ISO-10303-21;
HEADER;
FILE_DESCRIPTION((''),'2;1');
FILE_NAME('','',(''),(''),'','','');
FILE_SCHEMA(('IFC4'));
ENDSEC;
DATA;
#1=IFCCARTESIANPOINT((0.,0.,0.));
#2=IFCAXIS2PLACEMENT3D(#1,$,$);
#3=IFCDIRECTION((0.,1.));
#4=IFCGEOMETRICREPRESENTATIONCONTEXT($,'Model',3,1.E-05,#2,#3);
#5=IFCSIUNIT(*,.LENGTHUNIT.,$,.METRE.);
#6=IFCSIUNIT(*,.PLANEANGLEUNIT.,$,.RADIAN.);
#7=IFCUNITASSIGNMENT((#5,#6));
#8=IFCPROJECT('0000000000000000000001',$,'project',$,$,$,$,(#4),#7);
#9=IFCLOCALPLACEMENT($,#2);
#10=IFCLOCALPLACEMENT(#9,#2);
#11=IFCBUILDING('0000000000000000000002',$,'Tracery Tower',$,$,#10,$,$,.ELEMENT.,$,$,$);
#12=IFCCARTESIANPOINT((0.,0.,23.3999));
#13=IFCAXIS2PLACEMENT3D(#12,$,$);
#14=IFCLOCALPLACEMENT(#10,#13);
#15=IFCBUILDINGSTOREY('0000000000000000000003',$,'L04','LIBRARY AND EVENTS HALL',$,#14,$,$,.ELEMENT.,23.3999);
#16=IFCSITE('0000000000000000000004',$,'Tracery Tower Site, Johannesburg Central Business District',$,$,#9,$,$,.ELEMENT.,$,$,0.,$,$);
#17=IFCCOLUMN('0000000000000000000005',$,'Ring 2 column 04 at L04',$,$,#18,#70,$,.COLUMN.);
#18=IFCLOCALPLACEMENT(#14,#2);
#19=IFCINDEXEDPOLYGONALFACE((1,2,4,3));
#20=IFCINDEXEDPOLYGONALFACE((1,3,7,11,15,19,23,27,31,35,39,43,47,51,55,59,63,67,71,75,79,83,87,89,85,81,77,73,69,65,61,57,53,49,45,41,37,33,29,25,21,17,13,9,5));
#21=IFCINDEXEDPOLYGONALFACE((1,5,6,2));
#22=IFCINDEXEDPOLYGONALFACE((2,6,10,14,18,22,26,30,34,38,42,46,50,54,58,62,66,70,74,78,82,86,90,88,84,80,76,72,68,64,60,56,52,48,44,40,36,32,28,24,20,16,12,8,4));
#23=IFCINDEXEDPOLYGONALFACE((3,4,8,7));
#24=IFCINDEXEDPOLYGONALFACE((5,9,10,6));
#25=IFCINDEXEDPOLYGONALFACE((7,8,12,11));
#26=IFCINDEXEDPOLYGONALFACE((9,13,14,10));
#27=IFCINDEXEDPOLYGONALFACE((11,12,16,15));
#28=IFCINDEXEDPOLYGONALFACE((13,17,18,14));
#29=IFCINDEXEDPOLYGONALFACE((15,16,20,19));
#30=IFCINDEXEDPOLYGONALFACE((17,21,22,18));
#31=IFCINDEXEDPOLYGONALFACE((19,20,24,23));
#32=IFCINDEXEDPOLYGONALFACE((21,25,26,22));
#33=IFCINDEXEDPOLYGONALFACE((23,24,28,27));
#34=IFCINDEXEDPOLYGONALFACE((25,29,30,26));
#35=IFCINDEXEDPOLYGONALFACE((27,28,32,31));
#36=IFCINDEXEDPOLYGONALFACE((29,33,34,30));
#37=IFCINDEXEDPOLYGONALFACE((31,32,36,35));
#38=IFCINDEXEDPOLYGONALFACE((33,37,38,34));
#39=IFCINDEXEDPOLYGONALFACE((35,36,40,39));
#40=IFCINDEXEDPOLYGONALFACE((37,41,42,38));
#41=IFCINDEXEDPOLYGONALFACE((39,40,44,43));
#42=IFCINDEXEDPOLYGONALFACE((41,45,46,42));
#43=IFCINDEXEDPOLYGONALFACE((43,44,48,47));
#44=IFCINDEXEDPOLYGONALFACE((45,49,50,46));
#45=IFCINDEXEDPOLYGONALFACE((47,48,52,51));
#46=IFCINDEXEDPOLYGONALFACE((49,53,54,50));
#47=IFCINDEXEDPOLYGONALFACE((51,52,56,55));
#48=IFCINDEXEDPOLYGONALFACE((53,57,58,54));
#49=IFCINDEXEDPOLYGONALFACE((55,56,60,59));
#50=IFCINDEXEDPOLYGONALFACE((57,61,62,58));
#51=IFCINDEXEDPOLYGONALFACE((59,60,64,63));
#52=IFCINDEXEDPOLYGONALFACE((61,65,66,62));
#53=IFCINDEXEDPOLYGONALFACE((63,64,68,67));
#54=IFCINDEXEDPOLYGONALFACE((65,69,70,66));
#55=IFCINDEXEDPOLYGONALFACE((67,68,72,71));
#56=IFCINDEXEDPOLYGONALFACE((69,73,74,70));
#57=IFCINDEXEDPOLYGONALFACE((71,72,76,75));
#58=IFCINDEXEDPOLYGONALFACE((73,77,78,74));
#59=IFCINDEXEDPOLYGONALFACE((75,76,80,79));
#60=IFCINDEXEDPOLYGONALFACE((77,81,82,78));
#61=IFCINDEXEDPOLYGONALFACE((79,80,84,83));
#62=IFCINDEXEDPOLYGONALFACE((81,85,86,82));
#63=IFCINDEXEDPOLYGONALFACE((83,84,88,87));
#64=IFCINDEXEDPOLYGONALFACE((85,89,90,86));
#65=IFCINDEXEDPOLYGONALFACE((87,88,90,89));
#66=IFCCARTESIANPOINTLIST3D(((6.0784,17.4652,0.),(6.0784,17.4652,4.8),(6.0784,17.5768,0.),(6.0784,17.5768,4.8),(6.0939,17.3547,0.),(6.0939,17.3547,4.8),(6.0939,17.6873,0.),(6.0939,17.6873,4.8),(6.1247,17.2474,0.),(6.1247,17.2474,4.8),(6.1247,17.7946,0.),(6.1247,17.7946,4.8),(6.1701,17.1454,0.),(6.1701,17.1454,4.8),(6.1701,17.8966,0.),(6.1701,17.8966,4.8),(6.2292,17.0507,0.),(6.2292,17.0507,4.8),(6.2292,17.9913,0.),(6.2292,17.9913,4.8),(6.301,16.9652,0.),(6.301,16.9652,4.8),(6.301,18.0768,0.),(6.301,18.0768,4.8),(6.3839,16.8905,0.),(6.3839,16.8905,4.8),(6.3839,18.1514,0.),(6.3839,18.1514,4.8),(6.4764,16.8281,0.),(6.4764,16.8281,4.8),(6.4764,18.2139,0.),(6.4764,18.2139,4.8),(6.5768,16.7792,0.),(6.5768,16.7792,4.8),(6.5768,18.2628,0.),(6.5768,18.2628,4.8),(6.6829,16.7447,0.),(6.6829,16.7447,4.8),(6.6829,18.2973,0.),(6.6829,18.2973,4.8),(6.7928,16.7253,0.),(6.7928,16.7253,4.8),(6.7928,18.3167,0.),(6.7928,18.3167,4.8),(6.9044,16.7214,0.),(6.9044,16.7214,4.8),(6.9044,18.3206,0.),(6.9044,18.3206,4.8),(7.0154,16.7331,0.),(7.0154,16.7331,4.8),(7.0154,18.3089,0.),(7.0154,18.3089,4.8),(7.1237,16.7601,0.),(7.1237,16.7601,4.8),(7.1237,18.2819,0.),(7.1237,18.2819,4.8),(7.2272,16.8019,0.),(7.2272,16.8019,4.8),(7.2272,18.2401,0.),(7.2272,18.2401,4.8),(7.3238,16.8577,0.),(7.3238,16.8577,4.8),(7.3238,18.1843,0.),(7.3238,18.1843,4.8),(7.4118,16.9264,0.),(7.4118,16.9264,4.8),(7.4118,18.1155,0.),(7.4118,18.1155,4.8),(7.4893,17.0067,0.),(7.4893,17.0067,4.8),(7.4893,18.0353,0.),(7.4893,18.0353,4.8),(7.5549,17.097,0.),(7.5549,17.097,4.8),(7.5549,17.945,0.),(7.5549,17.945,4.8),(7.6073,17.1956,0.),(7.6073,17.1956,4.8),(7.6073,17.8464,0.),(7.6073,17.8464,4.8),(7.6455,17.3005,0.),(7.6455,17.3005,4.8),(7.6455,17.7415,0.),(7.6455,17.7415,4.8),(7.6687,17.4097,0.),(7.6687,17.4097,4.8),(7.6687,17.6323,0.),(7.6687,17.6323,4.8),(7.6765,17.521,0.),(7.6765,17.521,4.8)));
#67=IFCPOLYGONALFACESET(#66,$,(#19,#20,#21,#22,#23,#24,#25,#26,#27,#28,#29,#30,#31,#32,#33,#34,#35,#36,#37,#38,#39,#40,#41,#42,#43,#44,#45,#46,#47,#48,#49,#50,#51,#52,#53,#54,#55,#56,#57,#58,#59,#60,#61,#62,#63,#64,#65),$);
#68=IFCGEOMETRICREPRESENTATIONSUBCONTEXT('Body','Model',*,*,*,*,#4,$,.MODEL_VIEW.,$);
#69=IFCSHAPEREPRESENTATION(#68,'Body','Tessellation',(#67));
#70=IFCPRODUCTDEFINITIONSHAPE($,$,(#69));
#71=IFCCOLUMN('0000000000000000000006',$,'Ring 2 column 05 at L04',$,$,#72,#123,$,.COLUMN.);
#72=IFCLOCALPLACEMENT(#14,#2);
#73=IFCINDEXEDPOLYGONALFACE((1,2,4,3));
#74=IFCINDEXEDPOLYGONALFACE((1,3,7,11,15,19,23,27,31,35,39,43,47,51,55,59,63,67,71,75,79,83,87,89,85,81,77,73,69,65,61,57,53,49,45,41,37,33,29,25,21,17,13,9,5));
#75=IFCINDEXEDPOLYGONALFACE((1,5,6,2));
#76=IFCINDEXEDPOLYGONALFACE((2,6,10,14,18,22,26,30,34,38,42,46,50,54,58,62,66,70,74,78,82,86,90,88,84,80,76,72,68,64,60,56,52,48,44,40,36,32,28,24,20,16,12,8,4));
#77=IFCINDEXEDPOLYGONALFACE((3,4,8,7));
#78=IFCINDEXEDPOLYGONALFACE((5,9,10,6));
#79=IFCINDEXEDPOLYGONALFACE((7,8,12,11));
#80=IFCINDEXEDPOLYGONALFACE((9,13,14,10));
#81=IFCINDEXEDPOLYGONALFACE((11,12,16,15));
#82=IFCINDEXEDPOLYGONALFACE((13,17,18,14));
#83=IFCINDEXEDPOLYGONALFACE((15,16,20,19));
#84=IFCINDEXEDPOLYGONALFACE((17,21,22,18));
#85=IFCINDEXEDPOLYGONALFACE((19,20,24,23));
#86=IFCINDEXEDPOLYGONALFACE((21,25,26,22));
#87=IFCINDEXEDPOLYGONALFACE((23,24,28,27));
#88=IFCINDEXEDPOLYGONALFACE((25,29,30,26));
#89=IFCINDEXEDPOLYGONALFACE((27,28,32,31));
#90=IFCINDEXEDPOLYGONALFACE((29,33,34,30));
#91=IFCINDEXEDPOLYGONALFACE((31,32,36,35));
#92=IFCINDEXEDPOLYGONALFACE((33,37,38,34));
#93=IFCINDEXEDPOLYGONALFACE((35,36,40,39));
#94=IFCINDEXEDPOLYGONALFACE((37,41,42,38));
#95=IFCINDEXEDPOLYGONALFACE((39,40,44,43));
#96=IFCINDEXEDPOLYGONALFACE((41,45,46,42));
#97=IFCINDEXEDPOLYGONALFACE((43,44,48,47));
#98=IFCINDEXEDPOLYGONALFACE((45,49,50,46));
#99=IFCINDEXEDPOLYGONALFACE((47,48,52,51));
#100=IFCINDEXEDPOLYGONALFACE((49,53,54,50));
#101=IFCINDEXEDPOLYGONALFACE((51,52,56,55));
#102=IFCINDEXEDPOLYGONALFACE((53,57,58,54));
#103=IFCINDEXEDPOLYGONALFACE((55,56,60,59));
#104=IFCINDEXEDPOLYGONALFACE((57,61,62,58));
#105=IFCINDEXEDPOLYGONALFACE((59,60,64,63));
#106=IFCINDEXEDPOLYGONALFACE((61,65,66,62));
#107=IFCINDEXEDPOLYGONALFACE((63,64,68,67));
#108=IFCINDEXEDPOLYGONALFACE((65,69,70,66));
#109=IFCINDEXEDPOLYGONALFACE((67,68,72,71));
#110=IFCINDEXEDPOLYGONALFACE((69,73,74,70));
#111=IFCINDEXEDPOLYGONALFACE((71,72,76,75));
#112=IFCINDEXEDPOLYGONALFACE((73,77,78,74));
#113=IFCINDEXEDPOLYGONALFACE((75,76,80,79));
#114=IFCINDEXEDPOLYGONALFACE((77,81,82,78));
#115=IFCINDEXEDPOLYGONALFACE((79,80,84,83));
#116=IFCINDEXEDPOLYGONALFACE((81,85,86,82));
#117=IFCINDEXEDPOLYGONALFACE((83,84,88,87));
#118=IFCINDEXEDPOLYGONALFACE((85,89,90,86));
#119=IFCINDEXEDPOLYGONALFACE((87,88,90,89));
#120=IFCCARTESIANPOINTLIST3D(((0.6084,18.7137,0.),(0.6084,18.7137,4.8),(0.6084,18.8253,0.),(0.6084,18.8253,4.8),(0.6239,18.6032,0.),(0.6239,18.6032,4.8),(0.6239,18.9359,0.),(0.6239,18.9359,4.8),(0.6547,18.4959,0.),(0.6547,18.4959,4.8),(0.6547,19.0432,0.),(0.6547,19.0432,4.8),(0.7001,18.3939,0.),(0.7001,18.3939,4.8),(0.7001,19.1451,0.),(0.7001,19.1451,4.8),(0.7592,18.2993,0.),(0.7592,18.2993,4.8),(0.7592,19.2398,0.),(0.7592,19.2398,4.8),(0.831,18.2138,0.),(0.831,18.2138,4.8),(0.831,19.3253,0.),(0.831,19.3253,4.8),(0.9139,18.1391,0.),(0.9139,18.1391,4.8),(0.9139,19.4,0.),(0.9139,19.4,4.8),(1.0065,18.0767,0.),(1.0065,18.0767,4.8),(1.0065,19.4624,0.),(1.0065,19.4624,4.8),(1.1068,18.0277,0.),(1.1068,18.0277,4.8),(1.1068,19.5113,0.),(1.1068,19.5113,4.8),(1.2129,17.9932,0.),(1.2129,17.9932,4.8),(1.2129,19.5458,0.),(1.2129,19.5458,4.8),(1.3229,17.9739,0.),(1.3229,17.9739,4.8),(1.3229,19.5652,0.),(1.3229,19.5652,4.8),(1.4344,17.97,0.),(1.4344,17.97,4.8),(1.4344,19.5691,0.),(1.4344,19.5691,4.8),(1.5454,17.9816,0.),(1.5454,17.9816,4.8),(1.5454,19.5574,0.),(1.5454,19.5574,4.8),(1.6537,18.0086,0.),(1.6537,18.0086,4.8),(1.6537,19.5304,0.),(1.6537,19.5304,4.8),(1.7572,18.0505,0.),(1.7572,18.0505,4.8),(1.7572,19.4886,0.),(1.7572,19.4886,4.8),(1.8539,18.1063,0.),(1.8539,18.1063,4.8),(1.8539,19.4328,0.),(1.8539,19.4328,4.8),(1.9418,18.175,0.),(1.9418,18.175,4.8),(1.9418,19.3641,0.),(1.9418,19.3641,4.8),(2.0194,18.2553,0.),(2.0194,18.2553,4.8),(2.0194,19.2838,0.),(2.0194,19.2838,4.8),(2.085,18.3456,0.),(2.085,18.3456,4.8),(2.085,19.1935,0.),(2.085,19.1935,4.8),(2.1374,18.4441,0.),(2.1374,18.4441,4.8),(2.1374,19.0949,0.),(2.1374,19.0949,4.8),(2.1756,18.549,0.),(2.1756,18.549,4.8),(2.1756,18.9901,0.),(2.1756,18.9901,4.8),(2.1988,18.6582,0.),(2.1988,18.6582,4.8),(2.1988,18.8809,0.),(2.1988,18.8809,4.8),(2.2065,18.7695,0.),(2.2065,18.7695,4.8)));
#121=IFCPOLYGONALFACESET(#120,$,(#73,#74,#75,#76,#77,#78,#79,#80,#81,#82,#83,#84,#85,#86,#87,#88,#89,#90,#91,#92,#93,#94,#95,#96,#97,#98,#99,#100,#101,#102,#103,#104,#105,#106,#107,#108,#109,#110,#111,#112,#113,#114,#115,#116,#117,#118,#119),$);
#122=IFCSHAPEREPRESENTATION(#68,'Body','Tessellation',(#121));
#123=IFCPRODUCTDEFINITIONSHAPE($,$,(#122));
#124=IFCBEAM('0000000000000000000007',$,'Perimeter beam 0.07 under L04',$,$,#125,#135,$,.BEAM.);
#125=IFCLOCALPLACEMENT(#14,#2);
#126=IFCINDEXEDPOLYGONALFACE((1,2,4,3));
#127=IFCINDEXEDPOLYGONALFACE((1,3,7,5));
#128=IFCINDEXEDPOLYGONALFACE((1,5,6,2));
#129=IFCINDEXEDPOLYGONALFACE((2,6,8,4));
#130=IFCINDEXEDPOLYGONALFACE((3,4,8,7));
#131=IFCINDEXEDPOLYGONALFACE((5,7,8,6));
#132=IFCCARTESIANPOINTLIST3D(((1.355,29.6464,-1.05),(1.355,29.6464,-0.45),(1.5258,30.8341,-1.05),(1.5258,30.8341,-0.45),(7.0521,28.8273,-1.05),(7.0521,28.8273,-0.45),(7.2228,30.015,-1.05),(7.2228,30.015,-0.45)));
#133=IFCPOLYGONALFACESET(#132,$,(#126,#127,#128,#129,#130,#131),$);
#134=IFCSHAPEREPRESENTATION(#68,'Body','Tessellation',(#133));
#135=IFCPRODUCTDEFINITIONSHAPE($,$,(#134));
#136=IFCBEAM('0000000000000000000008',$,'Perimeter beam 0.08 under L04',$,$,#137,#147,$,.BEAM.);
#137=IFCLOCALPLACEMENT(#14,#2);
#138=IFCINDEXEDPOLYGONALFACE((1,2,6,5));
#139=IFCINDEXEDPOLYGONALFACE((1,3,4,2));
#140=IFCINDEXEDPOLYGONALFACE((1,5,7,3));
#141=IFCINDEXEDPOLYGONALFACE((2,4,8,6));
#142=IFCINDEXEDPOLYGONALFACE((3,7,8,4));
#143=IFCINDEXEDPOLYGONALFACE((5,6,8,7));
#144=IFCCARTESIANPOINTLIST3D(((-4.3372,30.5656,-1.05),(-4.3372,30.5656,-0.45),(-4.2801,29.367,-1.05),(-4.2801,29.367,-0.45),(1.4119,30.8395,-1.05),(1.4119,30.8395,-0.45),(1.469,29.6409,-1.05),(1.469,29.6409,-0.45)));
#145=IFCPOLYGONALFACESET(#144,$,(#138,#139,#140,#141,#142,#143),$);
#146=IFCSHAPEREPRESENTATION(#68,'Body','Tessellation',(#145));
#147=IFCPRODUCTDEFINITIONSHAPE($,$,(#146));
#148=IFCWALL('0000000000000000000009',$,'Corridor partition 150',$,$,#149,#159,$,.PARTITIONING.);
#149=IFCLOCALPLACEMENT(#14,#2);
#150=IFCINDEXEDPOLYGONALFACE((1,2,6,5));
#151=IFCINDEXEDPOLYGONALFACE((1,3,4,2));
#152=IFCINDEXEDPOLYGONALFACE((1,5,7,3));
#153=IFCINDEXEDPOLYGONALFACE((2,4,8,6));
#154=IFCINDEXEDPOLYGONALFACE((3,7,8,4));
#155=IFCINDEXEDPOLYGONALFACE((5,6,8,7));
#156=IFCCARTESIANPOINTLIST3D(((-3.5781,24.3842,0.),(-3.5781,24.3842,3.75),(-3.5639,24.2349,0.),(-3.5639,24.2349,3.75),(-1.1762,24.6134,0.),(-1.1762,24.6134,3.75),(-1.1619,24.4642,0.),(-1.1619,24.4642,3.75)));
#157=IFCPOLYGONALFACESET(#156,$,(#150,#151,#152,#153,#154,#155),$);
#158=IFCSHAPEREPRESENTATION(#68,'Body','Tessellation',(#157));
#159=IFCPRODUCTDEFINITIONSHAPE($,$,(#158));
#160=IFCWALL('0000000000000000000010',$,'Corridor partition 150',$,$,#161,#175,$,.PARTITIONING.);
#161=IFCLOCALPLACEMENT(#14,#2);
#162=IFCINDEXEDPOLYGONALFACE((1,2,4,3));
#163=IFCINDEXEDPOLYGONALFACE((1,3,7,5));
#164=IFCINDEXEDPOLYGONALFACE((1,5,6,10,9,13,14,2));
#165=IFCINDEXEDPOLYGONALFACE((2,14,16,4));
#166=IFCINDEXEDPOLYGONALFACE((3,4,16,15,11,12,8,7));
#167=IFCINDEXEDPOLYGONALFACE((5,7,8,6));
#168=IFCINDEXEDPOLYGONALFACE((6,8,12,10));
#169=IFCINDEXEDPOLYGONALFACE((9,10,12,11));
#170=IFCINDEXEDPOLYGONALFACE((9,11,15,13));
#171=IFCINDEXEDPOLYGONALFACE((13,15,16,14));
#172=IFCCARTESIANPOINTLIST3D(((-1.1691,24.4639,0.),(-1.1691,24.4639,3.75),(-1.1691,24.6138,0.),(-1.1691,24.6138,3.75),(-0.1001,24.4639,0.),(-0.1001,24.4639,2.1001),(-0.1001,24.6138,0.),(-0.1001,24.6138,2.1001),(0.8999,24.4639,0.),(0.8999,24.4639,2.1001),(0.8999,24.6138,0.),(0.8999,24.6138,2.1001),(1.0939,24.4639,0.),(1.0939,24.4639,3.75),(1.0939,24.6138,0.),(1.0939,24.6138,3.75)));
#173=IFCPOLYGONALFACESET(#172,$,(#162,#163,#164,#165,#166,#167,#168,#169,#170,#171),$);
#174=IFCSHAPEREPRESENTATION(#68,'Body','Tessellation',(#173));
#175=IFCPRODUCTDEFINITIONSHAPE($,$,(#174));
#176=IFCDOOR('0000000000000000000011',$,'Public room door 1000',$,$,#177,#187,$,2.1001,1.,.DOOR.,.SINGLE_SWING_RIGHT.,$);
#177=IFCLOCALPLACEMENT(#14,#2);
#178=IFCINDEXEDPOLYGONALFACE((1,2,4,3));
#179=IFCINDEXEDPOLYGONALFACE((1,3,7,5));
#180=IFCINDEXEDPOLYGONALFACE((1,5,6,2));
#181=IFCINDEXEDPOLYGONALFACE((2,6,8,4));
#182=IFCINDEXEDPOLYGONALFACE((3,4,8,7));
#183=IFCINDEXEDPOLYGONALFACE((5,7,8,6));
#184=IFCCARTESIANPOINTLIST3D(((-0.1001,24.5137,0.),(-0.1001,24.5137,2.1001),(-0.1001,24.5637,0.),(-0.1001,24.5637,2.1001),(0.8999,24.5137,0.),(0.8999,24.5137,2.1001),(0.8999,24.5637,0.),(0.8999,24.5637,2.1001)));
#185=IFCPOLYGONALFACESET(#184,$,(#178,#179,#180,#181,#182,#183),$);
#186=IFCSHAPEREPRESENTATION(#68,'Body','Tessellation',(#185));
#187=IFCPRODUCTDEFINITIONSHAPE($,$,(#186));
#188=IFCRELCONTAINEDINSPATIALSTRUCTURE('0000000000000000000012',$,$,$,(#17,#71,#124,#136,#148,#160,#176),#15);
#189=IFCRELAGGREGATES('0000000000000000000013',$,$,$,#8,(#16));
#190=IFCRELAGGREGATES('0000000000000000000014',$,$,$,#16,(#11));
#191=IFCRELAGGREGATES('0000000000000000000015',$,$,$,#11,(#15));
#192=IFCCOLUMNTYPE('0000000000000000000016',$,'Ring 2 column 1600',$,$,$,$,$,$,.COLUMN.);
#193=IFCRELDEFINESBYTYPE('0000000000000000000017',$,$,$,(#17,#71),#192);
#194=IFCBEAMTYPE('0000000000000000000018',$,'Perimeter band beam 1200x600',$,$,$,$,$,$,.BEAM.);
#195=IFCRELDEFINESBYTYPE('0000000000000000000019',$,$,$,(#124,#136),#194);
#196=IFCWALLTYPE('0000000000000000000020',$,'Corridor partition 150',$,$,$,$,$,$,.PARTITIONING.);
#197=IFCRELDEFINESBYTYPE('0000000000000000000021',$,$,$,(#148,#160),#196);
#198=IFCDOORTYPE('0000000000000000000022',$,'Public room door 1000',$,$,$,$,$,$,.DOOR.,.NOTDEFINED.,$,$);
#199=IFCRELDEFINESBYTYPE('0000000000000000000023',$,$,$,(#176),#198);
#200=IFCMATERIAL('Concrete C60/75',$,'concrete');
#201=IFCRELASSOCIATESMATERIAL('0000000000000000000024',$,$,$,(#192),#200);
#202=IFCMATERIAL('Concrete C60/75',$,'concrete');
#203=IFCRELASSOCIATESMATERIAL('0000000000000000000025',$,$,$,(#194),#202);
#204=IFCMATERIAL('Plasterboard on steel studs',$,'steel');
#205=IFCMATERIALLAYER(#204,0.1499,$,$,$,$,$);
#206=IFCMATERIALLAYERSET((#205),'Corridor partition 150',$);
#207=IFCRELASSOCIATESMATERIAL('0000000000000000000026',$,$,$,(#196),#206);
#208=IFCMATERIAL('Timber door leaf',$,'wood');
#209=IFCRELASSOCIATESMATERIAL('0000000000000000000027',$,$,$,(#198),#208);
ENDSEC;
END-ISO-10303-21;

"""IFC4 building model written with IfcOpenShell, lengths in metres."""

from ifc_helpers import new_model, si_unit, direction, frame, frame_2d, origin, origin_2d, place, context, subcontext, project, spatial, rectangle, circle, extrude, material, layer, layer_set, material_profile, profile_set, type_object, element, fill, save


model = new_model("IFC4")

# Units and contexts
model_context = context("Model", 3, precision=1e-05, world=origin(), true_north=direction((0.0, 1.0)))
body_context = subcontext(model_context, "Body", "Model", "MODEL_VIEW")
ifc_project = project(units=[si_unit("LENGTHUNIT", "METRE"), si_unit("PLANEANGLEUNIT", "RADIAN")], contexts=[model_context])

# Site, building, storey
site_placement = place(None, origin())
site = spatial("IfcSite", under=ifc_project, at=site_placement, Name="Tracery Tower Site, Johannesburg Central Business District", CompositionType="ELEMENT", RefElevation=0.0)
building_placement = place(site_placement, origin())
building = spatial("IfcBuilding", under=site, at=building_placement, Name="Tracery Tower", CompositionType="ELEMENT")
storey_placement = place(building_placement, frame((0.0, 0.0, 23.3999)))
storey = spatial("IfcBuildingStorey", under=building, at=storey_placement, Name="L04", Description="LIBRARY AND EVENTS HALL", CompositionType="ELEMENT", Elevation=23.3999)

# Columns
ifc_material_1 = material(Name="Concrete C60/75", Category="concrete")
ifc_material_profile_1 = material_profile(ifc_material_1, circle(Radius=0.8, at=origin_2d()), Name="RC D1600")
ifc_profile_set_1 = profile_set([ifc_material_profile_1], Name="Concrete C60/75")
column_type_1 = type_object("IfcColumnType", Name="Ring 2 column 1600", PredefinedType="COLUMN", material=ifc_profile_set_1)
for number, where, z_axis, x_axis, name in (
    (1, (6.8765, 17.521, 0.0), (0.0, 0.0, 1.0), (1.0, 0.0, 0.0), "Ring 2 column 04 at L04"),
    (2, (1.4065, 18.7695, 0.0), (0.0, 0.0, 1.0), (1.0, 0.0, 0.0), "Ring 2 column 05 at L04"),
):
    element("IfcColumn", number, at=place(storey_placement, frame(where, z_axis=z_axis, x_axis=x_axis)), inside=storey, type_object=column_type_1, Name=name, PredefinedType="COLUMN", context=body_context, shape_type="SweptSolid", body=[
        extrude(circle(Radius=0.8, at=origin_2d()), origin(), (0.0, 0.0, 1.0), 4.8),
    ])

# Beams
ifc_material_2 = material(Name="Concrete C60/75", Category="concrete")
ifc_material_profile_2 = material_profile(ifc_material_2, rectangle(XDim=1.2, YDim=0.6001, at=origin_2d()), Name="RC 1200x600")
ifc_profile_set_2 = profile_set([ifc_material_profile_2], Name="Concrete C60/75")
beam_type = type_object("IfcBeamType", Name="Perimeter band beam 1200x600", PredefinedType="BEAM", material=ifc_profile_set_2)
for number, where, z_axis, x_axis, name in (
    (3, (7.1375, 29.4211, -0.75), (-0.989822, 0.142312, 0.0), (-0.142312, -0.989822, 0.0), "Perimeter beam 0.07 under L04"),
    (4, (1.4404, 30.2402, -0.75), (-0.998867, -0.047593, 0.0), (0.047593, -0.998867, 0.0), "Perimeter beam 0.08 under L04"),
):
    element("IfcBeam", number, at=place(storey_placement, frame(where, z_axis=z_axis, x_axis=x_axis)), inside=storey, type_object=beam_type, Name=name, PredefinedType="BEAM", context=body_context, shape_type="SweptSolid", body=[
        extrude(rectangle(XDim=1.2, YDim=0.6001, at=origin_2d()), origin(), (0.0, 0.0, 1.0), 5.7556),
    ])

# Wall
ifc_material_3 = material(Name="Plasterboard on steel studs", Category="steel")
ifc_layer_1 = layer(ifc_material_3, 0.1499)
ifc_layer_set_1 = layer_set([ifc_layer_1], Name="Corridor partition 150")
wall_type_1 = type_object("IfcWallType", Name="Corridor partition 150", PredefinedType="PARTITIONING", material=ifc_layer_set_1)
wall_1_placement = place(storey_placement, frame((-1.1689, 24.5388, 0.0), z_axis=(0.0, 0.0, 1.0), x_axis=(-0.995476, -0.095014, 0.0)))
element("IfcWall", 5, at=wall_1_placement, inside=storey, type_object=wall_type_1, Name="Corridor partition 150", PredefinedType="PARTITIONING", context=body_context, shape_type="SweptSolid", body=[
    extrude(rectangle(XDim=2.4128, YDim=0.1499, at=frame_2d((1.2065, 0.0))), origin(), (0.0, 0.0, 1.0), 3.75),
])

# Wall, opening, door
wall_2_placement = place(storey_placement, frame((-1.1689, 24.5388, 0.0), z_axis=(0.0, 0.0, 1.0), x_axis=(1.0, 0.0, 0.0)))
wall_2 = element("IfcWall", 6, at=wall_2_placement, inside=storey, type_object=wall_type_1, Name="Corridor partition 150", PredefinedType="PARTITIONING", context=body_context, shape_type="SweptSolid", body=[
    extrude(rectangle(XDim=2.2629, YDim=0.1499, at=frame_2d((1.1313, 0.0))), origin(), (0.0, 0.0, 1.0), 3.75),
])
opening_1_placement = place(wall_2_placement, frame((1.0688, 0.0, 0.0)))
opening_1 = element("IfcOpeningElement", 7, at=opening_1_placement, cuts=wall_2, PredefinedType="OPENING", context=body_context, shape_type="SweptSolid", body=[
    extrude(rectangle(XDim=1.0, YDim=2.1001, at=frame_2d((0.5, 1.05))), frame((0.0, 0.075, 0.0), z_axis=(0.0, -1.0, 0.0), x_axis=(1.0, 0.0, 0.0)), (0.0, 0.0, 1.0), 0.1499),
])
ifc_material_4 = material(Name="Timber door leaf", Category="wood")
door_type_1 = type_object("IfcDoorType", Name="Public room door 1000", OperationType="NOTDEFINED", PredefinedType="DOOR", material=ifc_material_4)
door_1_placement = place(opening_1_placement, origin())
door_1 = element("IfcDoor", 8, at=door_1_placement, inside=storey, type_object=door_type_1, Name="Public room door 1000", OperationType="SINGLE_SWING_RIGHT", OverallHeight=2.1001, OverallWidth=1.0, PredefinedType="DOOR", context=body_context, shape_type="SweptSolid", body=[
    extrude(rectangle(XDim=1.0, YDim=2.1001, at=frame_2d((0.5, 1.05))), frame((0.0, 0.0249, 0.0), z_axis=(0.0, -1.0, 0.0), x_axis=(1.0, 0.0, 0.0)), (0.0, 0.0, 1.0), 0.05),
])
fill(opening_1, door_1)

save(model, "model.ifc")
